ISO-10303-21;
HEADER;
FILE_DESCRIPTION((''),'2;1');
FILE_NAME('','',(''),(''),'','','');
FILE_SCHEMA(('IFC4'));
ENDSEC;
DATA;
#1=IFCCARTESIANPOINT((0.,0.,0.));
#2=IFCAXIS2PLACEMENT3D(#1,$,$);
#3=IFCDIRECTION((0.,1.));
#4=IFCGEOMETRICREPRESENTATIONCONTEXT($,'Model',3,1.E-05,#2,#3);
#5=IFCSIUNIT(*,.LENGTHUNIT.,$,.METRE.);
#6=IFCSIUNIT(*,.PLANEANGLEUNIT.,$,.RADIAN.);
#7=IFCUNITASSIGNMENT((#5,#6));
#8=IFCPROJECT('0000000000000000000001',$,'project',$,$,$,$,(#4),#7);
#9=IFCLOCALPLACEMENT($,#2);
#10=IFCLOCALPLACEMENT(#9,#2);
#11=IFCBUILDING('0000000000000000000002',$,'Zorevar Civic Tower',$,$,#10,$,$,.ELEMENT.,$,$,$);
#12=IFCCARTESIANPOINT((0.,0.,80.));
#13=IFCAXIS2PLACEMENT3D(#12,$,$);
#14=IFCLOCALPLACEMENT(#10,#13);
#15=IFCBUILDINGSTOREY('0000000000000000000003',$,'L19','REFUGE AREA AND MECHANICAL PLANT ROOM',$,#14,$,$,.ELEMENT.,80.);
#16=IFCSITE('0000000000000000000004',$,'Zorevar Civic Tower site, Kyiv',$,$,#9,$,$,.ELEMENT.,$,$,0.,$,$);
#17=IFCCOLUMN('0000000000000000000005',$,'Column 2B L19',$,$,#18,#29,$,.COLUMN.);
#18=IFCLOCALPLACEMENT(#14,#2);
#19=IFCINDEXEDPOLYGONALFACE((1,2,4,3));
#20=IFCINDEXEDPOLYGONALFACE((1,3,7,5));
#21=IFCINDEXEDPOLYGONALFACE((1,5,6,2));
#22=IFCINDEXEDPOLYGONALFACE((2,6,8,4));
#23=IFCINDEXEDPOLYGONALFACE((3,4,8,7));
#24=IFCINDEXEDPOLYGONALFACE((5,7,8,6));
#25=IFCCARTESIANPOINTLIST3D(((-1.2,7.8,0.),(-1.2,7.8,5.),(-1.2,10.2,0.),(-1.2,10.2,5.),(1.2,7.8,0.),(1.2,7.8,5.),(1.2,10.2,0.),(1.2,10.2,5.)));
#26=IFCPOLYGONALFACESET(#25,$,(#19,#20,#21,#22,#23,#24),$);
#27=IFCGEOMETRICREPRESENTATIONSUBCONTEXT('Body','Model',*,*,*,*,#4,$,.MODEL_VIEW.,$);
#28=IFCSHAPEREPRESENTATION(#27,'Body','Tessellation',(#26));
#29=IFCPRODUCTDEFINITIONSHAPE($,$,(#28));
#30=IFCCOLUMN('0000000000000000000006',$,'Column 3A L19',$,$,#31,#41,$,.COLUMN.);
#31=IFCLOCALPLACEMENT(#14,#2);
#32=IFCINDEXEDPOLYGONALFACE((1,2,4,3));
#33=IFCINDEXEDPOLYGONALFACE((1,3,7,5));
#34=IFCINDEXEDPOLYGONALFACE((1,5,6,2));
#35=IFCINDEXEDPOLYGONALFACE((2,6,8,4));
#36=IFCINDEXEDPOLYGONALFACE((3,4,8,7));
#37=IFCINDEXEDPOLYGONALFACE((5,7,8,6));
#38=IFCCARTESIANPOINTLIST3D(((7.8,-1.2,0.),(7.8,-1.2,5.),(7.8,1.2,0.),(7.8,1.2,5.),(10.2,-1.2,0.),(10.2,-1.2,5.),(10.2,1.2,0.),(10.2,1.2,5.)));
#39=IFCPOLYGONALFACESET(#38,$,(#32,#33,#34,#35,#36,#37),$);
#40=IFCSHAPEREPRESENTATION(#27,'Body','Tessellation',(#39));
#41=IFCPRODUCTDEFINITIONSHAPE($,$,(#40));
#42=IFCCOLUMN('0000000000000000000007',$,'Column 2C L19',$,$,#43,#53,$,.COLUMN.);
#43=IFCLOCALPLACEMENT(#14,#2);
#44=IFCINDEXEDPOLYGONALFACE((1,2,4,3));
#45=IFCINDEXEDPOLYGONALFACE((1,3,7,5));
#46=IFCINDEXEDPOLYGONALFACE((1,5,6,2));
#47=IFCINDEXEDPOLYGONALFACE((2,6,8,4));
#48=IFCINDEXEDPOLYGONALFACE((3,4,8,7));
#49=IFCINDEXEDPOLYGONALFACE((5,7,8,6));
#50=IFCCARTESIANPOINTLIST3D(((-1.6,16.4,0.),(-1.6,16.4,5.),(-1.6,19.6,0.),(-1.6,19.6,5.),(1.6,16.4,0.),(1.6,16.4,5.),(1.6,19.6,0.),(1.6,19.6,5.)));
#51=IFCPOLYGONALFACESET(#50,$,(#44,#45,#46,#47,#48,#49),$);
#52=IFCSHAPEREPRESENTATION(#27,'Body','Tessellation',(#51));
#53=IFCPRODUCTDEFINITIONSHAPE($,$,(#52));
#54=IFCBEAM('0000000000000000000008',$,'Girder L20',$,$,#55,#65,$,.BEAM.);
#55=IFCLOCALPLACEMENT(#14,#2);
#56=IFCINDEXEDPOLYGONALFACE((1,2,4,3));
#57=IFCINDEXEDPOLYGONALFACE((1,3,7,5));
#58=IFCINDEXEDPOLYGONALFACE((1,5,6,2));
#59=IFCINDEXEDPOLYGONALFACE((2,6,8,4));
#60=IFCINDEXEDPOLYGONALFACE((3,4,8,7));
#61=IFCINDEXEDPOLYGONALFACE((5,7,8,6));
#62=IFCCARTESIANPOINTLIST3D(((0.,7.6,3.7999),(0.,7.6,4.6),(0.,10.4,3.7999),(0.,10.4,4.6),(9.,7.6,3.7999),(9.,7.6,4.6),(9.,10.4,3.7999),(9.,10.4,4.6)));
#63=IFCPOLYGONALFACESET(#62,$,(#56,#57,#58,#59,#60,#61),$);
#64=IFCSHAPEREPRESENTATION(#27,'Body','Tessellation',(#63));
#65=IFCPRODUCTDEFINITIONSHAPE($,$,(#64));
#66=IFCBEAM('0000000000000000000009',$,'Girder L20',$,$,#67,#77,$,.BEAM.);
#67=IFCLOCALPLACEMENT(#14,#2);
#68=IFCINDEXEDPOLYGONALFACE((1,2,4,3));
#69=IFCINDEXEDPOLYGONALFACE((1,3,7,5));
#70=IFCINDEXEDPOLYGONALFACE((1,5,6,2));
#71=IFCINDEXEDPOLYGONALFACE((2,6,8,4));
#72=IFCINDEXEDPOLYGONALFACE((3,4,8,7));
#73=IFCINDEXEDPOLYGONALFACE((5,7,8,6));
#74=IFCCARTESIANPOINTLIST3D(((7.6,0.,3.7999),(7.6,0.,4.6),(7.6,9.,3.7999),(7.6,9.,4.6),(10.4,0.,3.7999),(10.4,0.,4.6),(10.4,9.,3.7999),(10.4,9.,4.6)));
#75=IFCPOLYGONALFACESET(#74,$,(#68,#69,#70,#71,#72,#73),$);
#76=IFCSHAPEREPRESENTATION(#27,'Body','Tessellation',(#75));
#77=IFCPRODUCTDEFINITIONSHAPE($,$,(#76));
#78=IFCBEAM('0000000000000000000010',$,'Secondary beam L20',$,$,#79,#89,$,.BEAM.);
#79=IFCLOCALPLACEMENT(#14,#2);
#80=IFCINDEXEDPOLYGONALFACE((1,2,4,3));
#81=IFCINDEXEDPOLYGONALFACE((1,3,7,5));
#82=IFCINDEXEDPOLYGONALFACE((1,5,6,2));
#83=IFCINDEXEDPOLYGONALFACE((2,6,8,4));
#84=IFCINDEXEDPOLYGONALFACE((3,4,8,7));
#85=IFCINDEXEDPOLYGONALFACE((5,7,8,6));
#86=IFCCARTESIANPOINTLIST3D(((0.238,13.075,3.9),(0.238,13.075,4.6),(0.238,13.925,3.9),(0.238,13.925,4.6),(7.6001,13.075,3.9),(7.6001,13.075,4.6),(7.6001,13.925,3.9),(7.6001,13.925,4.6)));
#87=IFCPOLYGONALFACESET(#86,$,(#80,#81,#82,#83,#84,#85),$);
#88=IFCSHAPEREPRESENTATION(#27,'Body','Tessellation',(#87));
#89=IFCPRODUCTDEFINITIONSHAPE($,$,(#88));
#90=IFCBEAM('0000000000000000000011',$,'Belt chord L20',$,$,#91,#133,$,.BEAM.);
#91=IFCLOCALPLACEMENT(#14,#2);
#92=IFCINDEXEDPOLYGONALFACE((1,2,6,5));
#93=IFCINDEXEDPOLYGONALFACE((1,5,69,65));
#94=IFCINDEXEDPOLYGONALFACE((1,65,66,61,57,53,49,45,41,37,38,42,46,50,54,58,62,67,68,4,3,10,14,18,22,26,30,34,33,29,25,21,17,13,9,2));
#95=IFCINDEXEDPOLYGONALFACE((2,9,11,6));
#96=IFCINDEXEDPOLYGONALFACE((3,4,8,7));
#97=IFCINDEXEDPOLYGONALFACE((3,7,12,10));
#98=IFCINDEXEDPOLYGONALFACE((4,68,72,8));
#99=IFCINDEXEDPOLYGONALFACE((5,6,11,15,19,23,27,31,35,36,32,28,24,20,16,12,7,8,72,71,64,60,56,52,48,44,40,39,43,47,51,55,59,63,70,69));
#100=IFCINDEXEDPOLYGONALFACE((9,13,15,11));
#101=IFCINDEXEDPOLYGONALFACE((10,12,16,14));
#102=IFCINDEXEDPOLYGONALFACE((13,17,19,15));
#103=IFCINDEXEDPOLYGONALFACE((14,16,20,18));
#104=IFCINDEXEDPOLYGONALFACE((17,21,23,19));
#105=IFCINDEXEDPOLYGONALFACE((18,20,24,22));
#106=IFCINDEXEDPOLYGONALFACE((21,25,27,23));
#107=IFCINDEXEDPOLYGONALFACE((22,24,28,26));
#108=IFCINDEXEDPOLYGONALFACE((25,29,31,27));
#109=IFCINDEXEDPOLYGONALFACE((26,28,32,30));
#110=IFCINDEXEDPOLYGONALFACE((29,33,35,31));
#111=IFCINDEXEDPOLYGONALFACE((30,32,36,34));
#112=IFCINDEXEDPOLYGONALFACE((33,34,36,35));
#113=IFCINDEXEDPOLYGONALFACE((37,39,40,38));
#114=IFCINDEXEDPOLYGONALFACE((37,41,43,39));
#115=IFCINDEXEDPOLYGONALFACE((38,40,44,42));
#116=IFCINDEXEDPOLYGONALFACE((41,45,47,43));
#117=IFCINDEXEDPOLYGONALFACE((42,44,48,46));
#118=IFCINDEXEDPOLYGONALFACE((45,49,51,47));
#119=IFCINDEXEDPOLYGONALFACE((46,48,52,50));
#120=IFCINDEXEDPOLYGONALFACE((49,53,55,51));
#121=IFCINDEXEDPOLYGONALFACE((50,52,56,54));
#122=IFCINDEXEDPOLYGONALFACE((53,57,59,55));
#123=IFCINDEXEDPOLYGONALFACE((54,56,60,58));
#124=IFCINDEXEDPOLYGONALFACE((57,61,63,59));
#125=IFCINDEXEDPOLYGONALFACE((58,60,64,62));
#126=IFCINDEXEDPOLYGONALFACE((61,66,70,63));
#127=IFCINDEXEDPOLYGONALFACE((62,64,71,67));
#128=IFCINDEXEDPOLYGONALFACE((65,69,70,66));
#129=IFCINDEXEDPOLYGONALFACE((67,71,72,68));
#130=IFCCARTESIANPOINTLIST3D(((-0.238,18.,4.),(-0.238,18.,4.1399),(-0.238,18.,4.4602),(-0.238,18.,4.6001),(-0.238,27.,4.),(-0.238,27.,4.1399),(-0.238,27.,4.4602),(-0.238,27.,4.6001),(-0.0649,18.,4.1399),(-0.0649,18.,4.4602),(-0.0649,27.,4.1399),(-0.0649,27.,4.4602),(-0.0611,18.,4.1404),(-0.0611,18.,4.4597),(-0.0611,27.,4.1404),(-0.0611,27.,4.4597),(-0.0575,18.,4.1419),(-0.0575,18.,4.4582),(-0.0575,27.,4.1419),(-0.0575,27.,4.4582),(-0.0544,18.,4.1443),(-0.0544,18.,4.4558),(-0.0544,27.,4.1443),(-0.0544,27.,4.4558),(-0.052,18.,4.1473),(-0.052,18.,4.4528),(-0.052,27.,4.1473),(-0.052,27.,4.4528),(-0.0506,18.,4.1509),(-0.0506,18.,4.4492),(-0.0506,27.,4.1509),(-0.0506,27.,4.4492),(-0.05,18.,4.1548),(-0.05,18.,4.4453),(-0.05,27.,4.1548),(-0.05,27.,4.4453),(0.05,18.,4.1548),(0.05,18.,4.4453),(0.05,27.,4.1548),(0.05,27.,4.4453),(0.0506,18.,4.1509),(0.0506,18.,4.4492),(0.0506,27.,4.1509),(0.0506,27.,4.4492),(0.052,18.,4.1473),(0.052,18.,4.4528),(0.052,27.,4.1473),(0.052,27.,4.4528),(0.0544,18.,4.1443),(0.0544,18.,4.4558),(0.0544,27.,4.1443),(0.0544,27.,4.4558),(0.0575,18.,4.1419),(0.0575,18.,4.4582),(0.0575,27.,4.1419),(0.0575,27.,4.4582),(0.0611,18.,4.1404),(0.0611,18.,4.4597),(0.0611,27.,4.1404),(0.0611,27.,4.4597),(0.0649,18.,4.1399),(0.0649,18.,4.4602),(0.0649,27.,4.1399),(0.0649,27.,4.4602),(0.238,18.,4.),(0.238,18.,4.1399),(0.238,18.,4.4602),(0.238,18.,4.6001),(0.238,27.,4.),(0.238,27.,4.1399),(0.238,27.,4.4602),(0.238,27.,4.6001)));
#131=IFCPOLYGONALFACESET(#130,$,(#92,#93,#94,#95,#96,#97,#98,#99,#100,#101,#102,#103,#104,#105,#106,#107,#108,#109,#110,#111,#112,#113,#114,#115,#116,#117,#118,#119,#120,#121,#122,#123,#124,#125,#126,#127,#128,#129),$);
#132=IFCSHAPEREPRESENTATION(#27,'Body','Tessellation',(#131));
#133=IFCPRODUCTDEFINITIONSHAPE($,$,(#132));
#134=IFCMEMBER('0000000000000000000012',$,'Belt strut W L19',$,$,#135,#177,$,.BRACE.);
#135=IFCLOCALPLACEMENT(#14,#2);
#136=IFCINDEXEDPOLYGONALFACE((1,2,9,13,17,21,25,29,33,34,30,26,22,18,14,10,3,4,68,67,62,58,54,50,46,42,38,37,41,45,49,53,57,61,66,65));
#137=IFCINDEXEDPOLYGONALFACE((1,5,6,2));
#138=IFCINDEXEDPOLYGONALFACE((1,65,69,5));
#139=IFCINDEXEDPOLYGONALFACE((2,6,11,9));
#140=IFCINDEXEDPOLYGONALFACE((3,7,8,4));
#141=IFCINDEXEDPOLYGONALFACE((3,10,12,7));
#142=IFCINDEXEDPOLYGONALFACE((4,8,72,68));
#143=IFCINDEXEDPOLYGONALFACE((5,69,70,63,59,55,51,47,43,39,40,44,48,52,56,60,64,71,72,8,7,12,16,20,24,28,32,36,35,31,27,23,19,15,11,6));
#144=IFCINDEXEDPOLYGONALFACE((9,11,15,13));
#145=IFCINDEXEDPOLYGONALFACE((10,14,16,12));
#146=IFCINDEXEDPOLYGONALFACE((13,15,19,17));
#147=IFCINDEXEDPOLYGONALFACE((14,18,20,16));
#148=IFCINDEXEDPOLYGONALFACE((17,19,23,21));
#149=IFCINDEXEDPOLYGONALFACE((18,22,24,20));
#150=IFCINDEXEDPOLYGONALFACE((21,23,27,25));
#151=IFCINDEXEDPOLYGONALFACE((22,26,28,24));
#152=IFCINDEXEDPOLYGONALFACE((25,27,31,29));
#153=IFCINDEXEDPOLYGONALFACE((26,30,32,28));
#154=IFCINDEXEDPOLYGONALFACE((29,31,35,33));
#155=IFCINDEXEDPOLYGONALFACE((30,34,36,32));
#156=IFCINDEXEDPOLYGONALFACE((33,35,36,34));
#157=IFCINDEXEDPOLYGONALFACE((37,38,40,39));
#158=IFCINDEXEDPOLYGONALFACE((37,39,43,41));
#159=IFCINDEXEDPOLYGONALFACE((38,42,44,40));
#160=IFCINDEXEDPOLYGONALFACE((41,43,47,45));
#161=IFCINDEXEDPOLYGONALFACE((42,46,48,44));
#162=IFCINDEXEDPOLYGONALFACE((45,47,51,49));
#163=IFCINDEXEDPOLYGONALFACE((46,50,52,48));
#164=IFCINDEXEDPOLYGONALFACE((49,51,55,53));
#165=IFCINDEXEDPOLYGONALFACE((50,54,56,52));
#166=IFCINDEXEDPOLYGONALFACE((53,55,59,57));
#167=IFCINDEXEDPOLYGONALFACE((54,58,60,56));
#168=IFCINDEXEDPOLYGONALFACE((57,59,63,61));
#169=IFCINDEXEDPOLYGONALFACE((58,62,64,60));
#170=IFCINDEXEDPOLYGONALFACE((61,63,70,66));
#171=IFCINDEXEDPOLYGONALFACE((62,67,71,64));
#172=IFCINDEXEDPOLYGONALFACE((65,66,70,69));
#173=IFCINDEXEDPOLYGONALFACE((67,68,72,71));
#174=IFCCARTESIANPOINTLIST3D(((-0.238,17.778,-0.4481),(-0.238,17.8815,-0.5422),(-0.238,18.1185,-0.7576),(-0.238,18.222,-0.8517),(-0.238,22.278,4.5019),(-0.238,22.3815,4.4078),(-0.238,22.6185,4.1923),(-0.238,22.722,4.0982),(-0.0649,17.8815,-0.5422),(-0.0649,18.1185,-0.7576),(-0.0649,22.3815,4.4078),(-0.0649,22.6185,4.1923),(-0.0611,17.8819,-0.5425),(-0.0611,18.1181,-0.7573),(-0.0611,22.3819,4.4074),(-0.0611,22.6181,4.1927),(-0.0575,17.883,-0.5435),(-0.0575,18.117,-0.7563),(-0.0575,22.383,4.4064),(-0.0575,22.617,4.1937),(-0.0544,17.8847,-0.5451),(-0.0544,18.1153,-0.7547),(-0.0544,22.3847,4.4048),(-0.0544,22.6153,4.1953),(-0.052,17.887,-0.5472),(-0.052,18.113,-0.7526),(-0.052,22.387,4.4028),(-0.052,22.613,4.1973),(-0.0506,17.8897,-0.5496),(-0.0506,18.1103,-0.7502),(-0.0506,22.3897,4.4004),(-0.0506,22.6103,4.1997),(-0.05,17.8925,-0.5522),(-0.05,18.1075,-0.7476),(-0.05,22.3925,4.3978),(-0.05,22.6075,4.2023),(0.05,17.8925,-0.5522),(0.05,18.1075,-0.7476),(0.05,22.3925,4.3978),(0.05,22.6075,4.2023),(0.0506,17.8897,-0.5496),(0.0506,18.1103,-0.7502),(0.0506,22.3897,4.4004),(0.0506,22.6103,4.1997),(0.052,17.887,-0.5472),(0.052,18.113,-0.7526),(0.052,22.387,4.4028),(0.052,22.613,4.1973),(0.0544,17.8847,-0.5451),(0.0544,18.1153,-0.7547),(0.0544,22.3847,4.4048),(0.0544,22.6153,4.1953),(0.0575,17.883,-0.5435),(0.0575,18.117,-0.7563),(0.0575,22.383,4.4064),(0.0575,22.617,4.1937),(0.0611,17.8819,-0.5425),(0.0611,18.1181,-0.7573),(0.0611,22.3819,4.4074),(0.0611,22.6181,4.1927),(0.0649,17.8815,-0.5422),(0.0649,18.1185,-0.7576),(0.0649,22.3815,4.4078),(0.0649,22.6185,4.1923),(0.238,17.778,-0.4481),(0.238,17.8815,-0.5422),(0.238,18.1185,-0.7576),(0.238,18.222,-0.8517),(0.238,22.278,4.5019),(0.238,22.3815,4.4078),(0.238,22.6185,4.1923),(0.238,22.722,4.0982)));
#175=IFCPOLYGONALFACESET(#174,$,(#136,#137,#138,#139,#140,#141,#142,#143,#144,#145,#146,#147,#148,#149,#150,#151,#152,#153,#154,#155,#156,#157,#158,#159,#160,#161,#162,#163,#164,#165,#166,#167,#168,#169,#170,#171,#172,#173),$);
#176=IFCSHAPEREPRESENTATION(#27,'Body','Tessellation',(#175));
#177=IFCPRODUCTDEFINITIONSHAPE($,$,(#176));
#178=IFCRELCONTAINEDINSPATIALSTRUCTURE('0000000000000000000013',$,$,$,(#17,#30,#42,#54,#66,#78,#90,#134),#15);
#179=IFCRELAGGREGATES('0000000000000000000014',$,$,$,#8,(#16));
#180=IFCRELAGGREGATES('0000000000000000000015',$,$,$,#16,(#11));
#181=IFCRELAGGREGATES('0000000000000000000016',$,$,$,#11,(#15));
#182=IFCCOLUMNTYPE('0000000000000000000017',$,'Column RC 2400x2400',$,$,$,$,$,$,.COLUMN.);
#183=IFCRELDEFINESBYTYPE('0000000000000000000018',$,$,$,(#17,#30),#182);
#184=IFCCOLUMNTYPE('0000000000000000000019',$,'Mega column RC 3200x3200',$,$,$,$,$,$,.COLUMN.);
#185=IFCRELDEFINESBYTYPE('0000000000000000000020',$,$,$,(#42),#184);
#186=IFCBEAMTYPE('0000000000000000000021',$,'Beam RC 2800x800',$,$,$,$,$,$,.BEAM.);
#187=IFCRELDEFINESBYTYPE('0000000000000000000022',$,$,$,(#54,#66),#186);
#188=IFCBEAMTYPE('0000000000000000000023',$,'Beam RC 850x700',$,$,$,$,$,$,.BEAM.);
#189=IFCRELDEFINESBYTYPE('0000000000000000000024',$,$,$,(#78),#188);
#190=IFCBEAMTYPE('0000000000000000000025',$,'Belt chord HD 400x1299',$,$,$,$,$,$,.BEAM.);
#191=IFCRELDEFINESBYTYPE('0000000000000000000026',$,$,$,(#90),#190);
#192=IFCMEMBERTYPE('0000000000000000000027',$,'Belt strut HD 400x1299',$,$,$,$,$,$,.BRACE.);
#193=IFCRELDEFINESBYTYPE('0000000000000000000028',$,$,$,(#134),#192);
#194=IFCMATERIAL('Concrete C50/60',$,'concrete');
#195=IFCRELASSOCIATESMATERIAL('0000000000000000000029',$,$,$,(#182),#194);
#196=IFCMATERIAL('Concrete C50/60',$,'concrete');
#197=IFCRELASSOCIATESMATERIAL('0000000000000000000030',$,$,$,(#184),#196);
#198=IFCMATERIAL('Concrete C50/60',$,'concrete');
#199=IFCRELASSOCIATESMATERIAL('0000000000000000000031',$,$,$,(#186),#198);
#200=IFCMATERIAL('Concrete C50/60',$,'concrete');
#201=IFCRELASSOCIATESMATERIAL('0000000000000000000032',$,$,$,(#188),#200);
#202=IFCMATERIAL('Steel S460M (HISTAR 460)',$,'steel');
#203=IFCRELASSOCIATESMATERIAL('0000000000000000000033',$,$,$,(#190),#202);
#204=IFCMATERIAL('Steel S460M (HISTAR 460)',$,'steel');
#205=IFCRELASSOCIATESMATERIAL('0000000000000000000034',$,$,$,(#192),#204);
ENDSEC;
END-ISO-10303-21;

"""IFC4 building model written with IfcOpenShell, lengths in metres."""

from ifc_helpers import new_model, si_unit, direction, frame, origin, origin_2d, place, context, subcontext, project, spatial, rectangle, i_section, extrude, material, material_profile, profile_set, type_object, element, save


model = new_model("IFC4")

# Units and contexts
model_context = context("Model", 3, precision=1e-05, world=origin(), true_north=direction((0.0, 1.0)))
body_context = subcontext(model_context, "Body", "Model", "MODEL_VIEW")
ifc_project = project(units=[si_unit("LENGTHUNIT", "METRE"), si_unit("PLANEANGLEUNIT", "RADIAN")], contexts=[model_context])

# Site, building, storey
site_placement = place(None, origin())
site = spatial("IfcSite", under=ifc_project, at=site_placement, Name="Zorevar Civic Tower site, Kyiv", CompositionType="ELEMENT", RefElevation=0.0)
building_placement = place(site_placement, origin())
building = spatial("IfcBuilding", under=site, at=building_placement, Name="Zorevar Civic Tower", CompositionType="ELEMENT")
storey_placement = place(building_placement, frame((0.0, 0.0, 80.0)))
storey = spatial("IfcBuildingStorey", under=building, at=storey_placement, Name="L19", Description="REFUGE AREA AND MECHANICAL PLANT ROOM", CompositionType="ELEMENT", Elevation=80.0)

# Columns
ifc_material_1 = material(Name="Concrete C50/60", Category="concrete")
ifc_material_profile_1 = material_profile(ifc_material_1, rectangle(XDim=2.3999, YDim=2.3999, at=origin_2d()), Name="RC 2400x2400")
ifc_profile_set_1 = profile_set([ifc_material_profile_1], Name="Concrete C50/60")
column_type_1 = type_object("IfcColumnType", Name="Column RC 2400x2400", PredefinedType="COLUMN", material=ifc_profile_set_1)
for number, where, z_axis, x_axis, name in (
    (1, (0.0, 9.0, 0.0), (0.0, 0.0, 1.0), (1.0, 0.0, 0.0), "Column 2B L19"),
    (2, (9.0, 0.0, 0.0), (0.0, 0.0, 1.0), (1.0, 0.0, 0.0), "Column 3A L19"),
):
    element("IfcColumn", number, at=place(storey_placement, frame(where, z_axis=z_axis, x_axis=x_axis)), inside=storey, type_object=column_type_1, Name=name, PredefinedType="COLUMN", context=body_context, shape_type="SweptSolid", body=[
        extrude(rectangle(XDim=2.3999, YDim=2.3999, at=origin_2d()), origin(), (0.0, 0.0, 1.0), 5.0),
    ])
ifc_material_2 = material(Name="Concrete C50/60", Category="concrete")
ifc_material_profile_2 = material_profile(ifc_material_2, rectangle(XDim=3.2, YDim=3.2, at=origin_2d()), Name="RC 3200x3200")
ifc_profile_set_2 = profile_set([ifc_material_profile_2], Name="Concrete C50/60")
column_type_2 = type_object("IfcColumnType", Name="Mega column RC 3200x3200", PredefinedType="COLUMN", material=ifc_profile_set_2)
column_placement = place(storey_placement, frame((0.0, 18.0, 0.0), z_axis=(0.0, 0.0, 1.0), x_axis=(1.0, 0.0, 0.0)))
element("IfcColumn", 3, at=column_placement, inside=storey, type_object=column_type_2, Name="Column 2C L19", PredefinedType="COLUMN", context=body_context, shape_type="SweptSolid", body=[
    extrude(rectangle(XDim=3.2, YDim=3.2, at=origin_2d()), origin(), (0.0, 0.0, 1.0), 5.0),
])

# Beams
ifc_material_3 = material(Name="Concrete C50/60", Category="concrete")
ifc_material_profile_3 = material_profile(ifc_material_3, rectangle(XDim=2.8, YDim=0.8, at=origin_2d()), Name="RC 2800x800")
ifc_profile_set_3 = profile_set([ifc_material_profile_3], Name="Concrete C50/60")
beam_type_1 = type_object("IfcBeamType", Name="Beam RC 2800x800", PredefinedType="BEAM", material=ifc_profile_set_3)
for number, where, z_axis, x_axis, name in (
    (4, (0.0, 9.0, 4.2), (1.0, 0.0, 0.0), (0.0, 1.0, 0.0), "Girder L20"),
    (5, (9.0, 0.0, 4.2), (0.0, 1.0, 0.0), (-1.0, 0.0, 0.0), "Girder L20"),
):
    element("IfcBeam", number, at=place(storey_placement, frame(where, z_axis=z_axis, x_axis=x_axis)), inside=storey, type_object=beam_type_1, Name=name, PredefinedType="BEAM", context=body_context, shape_type="SweptSolid", body=[
        extrude(rectangle(XDim=2.8, YDim=0.8, at=origin_2d()), origin(), (0.0, 0.0, 1.0), 9.0),
    ])
ifc_material_4 = material(Name="Concrete C50/60", Category="concrete")
ifc_material_profile_4 = material_profile(ifc_material_4, rectangle(XDim=0.8501, YDim=0.7, at=origin_2d()), Name="RC 850x700")
ifc_profile_set_4 = profile_set([ifc_material_profile_4], Name="Concrete C50/60")
beam_type_2 = type_object("IfcBeamType", Name="Beam RC 850x700", PredefinedType="BEAM", material=ifc_profile_set_4)
beam_1_placement = place(storey_placement, frame((0.238, 13.5, 4.25), z_axis=(1.0, 0.0, 0.0), x_axis=(0.0, 1.0, 0.0)))
element("IfcBeam", 6, at=beam_1_placement, inside=storey, type_object=beam_type_2, Name="Secondary beam L20", PredefinedType="BEAM", context=body_context, shape_type="SweptSolid", body=[
    extrude(rectangle(XDim=0.8501, YDim=0.7, at=origin_2d()), origin(), (0.0, 0.0, 1.0), 7.3621),
])
ifc_material_5 = material(Name="Steel S460M (HISTAR 460)", Category="steel")
ifc_material_profile_5 = material_profile(ifc_material_5, i_section(OverallWidth=0.4761, OverallDepth=0.6001, WebThickness=0.1001, FlangeThickness=0.1399, FilletRadius=0.0149, at=origin_2d()), Name="HD 400x1299")
ifc_profile_set_5 = profile_set([ifc_material_profile_5], Name="Steel S460M (HISTAR 460)")
beam_type_3 = type_object("IfcBeamType", Name="Belt chord HD 400x1299", PredefinedType="BEAM", material=ifc_profile_set_5)
beam_2_placement = place(storey_placement, frame((0.0, 18.0, 4.3), z_axis=(0.0, 1.0, 0.0), x_axis=(-1.0, 0.0, 0.0)))
element("IfcBeam", 7, at=beam_2_placement, inside=storey, type_object=beam_type_3, Name="Belt chord L20", PredefinedType="BEAM", context=body_context, shape_type="SweptSolid", body=[
    extrude(i_section(OverallWidth=0.4761, OverallDepth=0.6001, WebThickness=0.1001, FlangeThickness=0.1399, FilletRadius=0.0149, at=origin_2d()), origin(), (0.0, 0.0, 1.0), 9.0),
])

# Member
ifc_material_6 = material(Name="Steel S460M (HISTAR 460)", Category="steel")
ifc_material_profile_6 = material_profile(ifc_material_6, i_section(OverallWidth=0.4761, OverallDepth=0.6001, WebThickness=0.1001, FlangeThickness=0.1399, FilletRadius=0.0149, at=origin_2d()), Name="HD 400x1299")
ifc_profile_set_6 = profile_set([ifc_material_profile_6], Name="Steel S460M (HISTAR 460)")
member_type_1 = type_object("IfcMemberType", Name="Belt strut HD 400x1299", PredefinedType="BRACE", material=ifc_profile_set_6)
member_1_placement = place(storey_placement, frame((0.0, 18.0, -0.6499), z_axis=(0.0, 0.672676, 0.739937), x_axis=(-1.0, 0.0, 0.0)))
element("IfcMember", 8, at=member_1_placement, inside=storey, type_object=member_type_1, Name="Belt strut W L19", PredefinedType="BRACE", context=body_context, shape_type="SweptSolid", body=[
    extrude(i_section(OverallWidth=0.4761, OverallDepth=0.6001, WebThickness=0.1001, FlangeThickness=0.1399, FilletRadius=0.0149, at=origin_2d()), origin(), (0.0, 0.0, 1.0), 6.6897),
])

save(model, "model.ifc")
